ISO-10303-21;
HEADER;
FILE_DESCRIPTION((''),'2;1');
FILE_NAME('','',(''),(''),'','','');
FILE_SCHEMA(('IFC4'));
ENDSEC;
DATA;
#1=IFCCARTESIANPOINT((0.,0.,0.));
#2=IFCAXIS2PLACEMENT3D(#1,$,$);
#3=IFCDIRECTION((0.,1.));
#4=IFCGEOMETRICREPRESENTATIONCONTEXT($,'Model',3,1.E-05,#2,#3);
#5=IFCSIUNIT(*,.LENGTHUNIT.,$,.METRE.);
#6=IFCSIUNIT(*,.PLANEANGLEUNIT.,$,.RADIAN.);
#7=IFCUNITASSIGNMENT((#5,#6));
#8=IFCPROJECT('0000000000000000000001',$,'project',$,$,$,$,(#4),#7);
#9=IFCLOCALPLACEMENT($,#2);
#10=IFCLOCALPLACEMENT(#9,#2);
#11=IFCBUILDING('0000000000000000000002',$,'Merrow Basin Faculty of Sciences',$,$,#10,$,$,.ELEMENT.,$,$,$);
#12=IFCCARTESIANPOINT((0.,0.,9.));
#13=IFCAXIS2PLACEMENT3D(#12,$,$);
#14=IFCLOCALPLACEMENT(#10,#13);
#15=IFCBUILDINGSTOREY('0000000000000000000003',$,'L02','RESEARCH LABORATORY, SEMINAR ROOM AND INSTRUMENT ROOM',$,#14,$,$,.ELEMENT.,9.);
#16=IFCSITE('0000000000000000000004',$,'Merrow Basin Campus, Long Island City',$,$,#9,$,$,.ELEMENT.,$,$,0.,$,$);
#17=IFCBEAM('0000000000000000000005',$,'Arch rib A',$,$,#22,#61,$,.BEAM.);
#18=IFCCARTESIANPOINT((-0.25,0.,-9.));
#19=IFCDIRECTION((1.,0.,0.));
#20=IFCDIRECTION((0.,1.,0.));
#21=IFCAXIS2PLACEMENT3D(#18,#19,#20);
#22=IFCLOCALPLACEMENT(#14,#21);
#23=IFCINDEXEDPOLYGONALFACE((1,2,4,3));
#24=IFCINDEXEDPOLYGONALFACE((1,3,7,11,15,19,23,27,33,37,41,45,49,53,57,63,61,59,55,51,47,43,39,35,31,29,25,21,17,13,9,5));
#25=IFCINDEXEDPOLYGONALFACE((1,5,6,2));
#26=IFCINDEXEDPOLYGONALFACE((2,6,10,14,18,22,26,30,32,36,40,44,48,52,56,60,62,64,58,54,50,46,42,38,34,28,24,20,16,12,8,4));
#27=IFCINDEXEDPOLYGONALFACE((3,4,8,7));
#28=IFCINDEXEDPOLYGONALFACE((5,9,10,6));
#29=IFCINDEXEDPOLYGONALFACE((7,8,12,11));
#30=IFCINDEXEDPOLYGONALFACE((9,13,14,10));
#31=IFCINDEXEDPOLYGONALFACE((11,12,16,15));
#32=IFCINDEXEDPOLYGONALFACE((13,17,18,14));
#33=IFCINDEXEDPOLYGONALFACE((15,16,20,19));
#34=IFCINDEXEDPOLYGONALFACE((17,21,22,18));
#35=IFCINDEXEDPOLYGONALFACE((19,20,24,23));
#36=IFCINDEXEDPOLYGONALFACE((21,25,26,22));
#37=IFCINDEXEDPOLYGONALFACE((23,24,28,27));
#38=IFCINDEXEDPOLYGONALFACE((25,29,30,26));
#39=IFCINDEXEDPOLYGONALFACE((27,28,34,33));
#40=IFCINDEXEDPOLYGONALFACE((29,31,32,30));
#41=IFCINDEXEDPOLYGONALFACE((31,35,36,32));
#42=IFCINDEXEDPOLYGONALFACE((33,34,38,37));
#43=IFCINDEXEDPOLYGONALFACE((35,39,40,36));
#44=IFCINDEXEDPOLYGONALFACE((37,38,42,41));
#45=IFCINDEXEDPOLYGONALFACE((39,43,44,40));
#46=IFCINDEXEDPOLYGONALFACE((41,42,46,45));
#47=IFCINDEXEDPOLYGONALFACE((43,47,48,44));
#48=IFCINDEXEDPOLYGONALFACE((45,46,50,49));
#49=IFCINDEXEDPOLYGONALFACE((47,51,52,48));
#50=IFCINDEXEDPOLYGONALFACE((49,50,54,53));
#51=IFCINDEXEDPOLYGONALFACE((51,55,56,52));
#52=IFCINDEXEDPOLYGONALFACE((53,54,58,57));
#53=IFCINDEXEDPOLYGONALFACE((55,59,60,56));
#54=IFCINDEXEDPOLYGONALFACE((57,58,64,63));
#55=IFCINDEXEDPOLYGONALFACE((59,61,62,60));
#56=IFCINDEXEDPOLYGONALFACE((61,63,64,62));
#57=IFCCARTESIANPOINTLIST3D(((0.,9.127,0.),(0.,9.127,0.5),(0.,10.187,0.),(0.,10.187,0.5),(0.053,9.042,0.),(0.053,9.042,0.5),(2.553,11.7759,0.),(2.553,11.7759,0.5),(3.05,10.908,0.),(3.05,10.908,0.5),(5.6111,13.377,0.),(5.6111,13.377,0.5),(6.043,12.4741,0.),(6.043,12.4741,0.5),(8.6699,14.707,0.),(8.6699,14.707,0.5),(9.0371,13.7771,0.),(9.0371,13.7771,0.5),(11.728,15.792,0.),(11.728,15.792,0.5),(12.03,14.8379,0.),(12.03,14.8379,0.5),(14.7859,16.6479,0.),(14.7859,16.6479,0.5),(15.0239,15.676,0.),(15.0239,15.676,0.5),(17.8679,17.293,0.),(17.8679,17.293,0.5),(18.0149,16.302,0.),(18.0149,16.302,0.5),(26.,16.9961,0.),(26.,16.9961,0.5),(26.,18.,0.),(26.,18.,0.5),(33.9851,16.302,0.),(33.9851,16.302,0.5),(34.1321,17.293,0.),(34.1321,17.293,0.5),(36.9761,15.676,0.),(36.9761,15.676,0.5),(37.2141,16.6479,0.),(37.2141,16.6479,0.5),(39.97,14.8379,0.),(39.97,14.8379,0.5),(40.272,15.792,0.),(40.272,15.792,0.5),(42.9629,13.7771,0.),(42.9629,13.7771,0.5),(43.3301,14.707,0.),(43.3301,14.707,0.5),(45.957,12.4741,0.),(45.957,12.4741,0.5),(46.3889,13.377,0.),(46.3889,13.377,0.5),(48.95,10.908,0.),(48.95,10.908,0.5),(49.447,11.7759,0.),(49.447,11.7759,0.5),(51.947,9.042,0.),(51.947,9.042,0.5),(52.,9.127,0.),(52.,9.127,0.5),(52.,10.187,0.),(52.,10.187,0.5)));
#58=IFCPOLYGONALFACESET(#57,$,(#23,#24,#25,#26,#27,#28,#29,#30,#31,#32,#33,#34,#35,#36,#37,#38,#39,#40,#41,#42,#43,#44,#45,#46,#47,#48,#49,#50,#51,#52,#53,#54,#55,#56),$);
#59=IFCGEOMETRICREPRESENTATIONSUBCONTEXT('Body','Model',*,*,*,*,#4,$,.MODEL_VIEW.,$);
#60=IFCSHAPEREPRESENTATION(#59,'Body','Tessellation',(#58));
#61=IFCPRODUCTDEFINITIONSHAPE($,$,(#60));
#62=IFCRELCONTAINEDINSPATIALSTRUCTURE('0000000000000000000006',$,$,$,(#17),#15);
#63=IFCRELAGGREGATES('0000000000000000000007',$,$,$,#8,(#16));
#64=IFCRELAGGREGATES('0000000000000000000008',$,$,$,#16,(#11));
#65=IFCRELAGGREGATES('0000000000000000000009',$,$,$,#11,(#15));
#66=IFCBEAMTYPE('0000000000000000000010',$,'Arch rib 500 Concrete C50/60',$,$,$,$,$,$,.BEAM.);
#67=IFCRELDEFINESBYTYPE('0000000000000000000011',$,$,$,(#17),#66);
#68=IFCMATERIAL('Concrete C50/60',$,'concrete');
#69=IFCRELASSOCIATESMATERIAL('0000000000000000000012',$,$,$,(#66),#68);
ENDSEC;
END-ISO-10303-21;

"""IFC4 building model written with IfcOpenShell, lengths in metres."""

from ifc_helpers import new_model, si_unit, direction, frame, origin, place, context, subcontext, project, spatial, polyline, outline, extrude, material, type_object, element, save


model = new_model("IFC4")

# Units and contexts
model_context = context("Model", 3, precision=1e-05, world=origin(), true_north=direction((0.0, 1.0)))
body_context = subcontext(model_context, "Body", "Model", "MODEL_VIEW")
ifc_project = project(units=[si_unit("LENGTHUNIT", "METRE"), si_unit("PLANEANGLEUNIT", "RADIAN")], contexts=[model_context])

# Site, building, storey
site_placement = place(None, origin())
site = spatial("IfcSite", under=ifc_project, at=site_placement, Name="Merrow Basin Campus, Long Island City", CompositionType="ELEMENT", RefElevation=0.0)
building_placement = place(site_placement, origin())
building = spatial("IfcBuilding", under=site, at=building_placement, Name="Merrow Basin Faculty of Sciences", CompositionType="ELEMENT")
storey_placement = place(building_placement, frame((0.0, 0.0, 9.0)))
storey = spatial("IfcBuildingStorey", under=building, at=storey_placement, Name="L02", Description="RESEARCH LABORATORY, SEMINAR ROOM AND INSTRUMENT ROOM", CompositionType="ELEMENT", Elevation=9.0)

# Beam
ifc_material_1 = material(Name="Concrete C50/60", Category="concrete")
beam_type = type_object("IfcBeamType", Name="Arch rib 500 Concrete C50/60", PredefinedType="BEAM", material=ifc_material_1)
beam_placement = place(storey_placement, frame((-0.25, 0.0, -9.0), z_axis=(1.0, 0.0, 0.0), x_axis=(0.0, 1.0, 0.0)))
element("IfcBeam", 1, at=beam_placement, inside=storey, type_object=beam_type, Name="Arch rib A", PredefinedType="BEAM", context=body_context, shape_type="SweptSolid", body=[
    extrude(outline(polyline([(2.553, 11.7759), (5.6111, 13.377), (8.6699, 14.707), (11.728, 15.792), (14.7859, 16.6479), (17.8679, 17.293), (26.0, 18.0), (34.1321, 17.293), (37.2141, 16.6479), (40.272, 15.792), (43.3301, 14.707), (46.3889, 13.377), (49.447, 11.7759), (52.0, 10.187), (52.0, 9.127), (51.947, 9.042), (48.95, 10.908), (45.957, 12.4741), (42.9629, 13.7771), (39.97, 14.8379), (36.9761, 15.676), (33.9851, 16.302), (26.0, 16.9961), (18.0149, 16.302), (15.0239, 15.676), (12.03, 14.8379), (9.0371, 13.7771), (6.043, 12.4741), (3.05, 10.908), (0.053, 9.042), (0.0, 9.127), (0.0, 10.187), (2.553, 11.7759)])), origin(), (0.0, 0.0, 1.0), 0.5),
])

save(model, "model.ifc")
